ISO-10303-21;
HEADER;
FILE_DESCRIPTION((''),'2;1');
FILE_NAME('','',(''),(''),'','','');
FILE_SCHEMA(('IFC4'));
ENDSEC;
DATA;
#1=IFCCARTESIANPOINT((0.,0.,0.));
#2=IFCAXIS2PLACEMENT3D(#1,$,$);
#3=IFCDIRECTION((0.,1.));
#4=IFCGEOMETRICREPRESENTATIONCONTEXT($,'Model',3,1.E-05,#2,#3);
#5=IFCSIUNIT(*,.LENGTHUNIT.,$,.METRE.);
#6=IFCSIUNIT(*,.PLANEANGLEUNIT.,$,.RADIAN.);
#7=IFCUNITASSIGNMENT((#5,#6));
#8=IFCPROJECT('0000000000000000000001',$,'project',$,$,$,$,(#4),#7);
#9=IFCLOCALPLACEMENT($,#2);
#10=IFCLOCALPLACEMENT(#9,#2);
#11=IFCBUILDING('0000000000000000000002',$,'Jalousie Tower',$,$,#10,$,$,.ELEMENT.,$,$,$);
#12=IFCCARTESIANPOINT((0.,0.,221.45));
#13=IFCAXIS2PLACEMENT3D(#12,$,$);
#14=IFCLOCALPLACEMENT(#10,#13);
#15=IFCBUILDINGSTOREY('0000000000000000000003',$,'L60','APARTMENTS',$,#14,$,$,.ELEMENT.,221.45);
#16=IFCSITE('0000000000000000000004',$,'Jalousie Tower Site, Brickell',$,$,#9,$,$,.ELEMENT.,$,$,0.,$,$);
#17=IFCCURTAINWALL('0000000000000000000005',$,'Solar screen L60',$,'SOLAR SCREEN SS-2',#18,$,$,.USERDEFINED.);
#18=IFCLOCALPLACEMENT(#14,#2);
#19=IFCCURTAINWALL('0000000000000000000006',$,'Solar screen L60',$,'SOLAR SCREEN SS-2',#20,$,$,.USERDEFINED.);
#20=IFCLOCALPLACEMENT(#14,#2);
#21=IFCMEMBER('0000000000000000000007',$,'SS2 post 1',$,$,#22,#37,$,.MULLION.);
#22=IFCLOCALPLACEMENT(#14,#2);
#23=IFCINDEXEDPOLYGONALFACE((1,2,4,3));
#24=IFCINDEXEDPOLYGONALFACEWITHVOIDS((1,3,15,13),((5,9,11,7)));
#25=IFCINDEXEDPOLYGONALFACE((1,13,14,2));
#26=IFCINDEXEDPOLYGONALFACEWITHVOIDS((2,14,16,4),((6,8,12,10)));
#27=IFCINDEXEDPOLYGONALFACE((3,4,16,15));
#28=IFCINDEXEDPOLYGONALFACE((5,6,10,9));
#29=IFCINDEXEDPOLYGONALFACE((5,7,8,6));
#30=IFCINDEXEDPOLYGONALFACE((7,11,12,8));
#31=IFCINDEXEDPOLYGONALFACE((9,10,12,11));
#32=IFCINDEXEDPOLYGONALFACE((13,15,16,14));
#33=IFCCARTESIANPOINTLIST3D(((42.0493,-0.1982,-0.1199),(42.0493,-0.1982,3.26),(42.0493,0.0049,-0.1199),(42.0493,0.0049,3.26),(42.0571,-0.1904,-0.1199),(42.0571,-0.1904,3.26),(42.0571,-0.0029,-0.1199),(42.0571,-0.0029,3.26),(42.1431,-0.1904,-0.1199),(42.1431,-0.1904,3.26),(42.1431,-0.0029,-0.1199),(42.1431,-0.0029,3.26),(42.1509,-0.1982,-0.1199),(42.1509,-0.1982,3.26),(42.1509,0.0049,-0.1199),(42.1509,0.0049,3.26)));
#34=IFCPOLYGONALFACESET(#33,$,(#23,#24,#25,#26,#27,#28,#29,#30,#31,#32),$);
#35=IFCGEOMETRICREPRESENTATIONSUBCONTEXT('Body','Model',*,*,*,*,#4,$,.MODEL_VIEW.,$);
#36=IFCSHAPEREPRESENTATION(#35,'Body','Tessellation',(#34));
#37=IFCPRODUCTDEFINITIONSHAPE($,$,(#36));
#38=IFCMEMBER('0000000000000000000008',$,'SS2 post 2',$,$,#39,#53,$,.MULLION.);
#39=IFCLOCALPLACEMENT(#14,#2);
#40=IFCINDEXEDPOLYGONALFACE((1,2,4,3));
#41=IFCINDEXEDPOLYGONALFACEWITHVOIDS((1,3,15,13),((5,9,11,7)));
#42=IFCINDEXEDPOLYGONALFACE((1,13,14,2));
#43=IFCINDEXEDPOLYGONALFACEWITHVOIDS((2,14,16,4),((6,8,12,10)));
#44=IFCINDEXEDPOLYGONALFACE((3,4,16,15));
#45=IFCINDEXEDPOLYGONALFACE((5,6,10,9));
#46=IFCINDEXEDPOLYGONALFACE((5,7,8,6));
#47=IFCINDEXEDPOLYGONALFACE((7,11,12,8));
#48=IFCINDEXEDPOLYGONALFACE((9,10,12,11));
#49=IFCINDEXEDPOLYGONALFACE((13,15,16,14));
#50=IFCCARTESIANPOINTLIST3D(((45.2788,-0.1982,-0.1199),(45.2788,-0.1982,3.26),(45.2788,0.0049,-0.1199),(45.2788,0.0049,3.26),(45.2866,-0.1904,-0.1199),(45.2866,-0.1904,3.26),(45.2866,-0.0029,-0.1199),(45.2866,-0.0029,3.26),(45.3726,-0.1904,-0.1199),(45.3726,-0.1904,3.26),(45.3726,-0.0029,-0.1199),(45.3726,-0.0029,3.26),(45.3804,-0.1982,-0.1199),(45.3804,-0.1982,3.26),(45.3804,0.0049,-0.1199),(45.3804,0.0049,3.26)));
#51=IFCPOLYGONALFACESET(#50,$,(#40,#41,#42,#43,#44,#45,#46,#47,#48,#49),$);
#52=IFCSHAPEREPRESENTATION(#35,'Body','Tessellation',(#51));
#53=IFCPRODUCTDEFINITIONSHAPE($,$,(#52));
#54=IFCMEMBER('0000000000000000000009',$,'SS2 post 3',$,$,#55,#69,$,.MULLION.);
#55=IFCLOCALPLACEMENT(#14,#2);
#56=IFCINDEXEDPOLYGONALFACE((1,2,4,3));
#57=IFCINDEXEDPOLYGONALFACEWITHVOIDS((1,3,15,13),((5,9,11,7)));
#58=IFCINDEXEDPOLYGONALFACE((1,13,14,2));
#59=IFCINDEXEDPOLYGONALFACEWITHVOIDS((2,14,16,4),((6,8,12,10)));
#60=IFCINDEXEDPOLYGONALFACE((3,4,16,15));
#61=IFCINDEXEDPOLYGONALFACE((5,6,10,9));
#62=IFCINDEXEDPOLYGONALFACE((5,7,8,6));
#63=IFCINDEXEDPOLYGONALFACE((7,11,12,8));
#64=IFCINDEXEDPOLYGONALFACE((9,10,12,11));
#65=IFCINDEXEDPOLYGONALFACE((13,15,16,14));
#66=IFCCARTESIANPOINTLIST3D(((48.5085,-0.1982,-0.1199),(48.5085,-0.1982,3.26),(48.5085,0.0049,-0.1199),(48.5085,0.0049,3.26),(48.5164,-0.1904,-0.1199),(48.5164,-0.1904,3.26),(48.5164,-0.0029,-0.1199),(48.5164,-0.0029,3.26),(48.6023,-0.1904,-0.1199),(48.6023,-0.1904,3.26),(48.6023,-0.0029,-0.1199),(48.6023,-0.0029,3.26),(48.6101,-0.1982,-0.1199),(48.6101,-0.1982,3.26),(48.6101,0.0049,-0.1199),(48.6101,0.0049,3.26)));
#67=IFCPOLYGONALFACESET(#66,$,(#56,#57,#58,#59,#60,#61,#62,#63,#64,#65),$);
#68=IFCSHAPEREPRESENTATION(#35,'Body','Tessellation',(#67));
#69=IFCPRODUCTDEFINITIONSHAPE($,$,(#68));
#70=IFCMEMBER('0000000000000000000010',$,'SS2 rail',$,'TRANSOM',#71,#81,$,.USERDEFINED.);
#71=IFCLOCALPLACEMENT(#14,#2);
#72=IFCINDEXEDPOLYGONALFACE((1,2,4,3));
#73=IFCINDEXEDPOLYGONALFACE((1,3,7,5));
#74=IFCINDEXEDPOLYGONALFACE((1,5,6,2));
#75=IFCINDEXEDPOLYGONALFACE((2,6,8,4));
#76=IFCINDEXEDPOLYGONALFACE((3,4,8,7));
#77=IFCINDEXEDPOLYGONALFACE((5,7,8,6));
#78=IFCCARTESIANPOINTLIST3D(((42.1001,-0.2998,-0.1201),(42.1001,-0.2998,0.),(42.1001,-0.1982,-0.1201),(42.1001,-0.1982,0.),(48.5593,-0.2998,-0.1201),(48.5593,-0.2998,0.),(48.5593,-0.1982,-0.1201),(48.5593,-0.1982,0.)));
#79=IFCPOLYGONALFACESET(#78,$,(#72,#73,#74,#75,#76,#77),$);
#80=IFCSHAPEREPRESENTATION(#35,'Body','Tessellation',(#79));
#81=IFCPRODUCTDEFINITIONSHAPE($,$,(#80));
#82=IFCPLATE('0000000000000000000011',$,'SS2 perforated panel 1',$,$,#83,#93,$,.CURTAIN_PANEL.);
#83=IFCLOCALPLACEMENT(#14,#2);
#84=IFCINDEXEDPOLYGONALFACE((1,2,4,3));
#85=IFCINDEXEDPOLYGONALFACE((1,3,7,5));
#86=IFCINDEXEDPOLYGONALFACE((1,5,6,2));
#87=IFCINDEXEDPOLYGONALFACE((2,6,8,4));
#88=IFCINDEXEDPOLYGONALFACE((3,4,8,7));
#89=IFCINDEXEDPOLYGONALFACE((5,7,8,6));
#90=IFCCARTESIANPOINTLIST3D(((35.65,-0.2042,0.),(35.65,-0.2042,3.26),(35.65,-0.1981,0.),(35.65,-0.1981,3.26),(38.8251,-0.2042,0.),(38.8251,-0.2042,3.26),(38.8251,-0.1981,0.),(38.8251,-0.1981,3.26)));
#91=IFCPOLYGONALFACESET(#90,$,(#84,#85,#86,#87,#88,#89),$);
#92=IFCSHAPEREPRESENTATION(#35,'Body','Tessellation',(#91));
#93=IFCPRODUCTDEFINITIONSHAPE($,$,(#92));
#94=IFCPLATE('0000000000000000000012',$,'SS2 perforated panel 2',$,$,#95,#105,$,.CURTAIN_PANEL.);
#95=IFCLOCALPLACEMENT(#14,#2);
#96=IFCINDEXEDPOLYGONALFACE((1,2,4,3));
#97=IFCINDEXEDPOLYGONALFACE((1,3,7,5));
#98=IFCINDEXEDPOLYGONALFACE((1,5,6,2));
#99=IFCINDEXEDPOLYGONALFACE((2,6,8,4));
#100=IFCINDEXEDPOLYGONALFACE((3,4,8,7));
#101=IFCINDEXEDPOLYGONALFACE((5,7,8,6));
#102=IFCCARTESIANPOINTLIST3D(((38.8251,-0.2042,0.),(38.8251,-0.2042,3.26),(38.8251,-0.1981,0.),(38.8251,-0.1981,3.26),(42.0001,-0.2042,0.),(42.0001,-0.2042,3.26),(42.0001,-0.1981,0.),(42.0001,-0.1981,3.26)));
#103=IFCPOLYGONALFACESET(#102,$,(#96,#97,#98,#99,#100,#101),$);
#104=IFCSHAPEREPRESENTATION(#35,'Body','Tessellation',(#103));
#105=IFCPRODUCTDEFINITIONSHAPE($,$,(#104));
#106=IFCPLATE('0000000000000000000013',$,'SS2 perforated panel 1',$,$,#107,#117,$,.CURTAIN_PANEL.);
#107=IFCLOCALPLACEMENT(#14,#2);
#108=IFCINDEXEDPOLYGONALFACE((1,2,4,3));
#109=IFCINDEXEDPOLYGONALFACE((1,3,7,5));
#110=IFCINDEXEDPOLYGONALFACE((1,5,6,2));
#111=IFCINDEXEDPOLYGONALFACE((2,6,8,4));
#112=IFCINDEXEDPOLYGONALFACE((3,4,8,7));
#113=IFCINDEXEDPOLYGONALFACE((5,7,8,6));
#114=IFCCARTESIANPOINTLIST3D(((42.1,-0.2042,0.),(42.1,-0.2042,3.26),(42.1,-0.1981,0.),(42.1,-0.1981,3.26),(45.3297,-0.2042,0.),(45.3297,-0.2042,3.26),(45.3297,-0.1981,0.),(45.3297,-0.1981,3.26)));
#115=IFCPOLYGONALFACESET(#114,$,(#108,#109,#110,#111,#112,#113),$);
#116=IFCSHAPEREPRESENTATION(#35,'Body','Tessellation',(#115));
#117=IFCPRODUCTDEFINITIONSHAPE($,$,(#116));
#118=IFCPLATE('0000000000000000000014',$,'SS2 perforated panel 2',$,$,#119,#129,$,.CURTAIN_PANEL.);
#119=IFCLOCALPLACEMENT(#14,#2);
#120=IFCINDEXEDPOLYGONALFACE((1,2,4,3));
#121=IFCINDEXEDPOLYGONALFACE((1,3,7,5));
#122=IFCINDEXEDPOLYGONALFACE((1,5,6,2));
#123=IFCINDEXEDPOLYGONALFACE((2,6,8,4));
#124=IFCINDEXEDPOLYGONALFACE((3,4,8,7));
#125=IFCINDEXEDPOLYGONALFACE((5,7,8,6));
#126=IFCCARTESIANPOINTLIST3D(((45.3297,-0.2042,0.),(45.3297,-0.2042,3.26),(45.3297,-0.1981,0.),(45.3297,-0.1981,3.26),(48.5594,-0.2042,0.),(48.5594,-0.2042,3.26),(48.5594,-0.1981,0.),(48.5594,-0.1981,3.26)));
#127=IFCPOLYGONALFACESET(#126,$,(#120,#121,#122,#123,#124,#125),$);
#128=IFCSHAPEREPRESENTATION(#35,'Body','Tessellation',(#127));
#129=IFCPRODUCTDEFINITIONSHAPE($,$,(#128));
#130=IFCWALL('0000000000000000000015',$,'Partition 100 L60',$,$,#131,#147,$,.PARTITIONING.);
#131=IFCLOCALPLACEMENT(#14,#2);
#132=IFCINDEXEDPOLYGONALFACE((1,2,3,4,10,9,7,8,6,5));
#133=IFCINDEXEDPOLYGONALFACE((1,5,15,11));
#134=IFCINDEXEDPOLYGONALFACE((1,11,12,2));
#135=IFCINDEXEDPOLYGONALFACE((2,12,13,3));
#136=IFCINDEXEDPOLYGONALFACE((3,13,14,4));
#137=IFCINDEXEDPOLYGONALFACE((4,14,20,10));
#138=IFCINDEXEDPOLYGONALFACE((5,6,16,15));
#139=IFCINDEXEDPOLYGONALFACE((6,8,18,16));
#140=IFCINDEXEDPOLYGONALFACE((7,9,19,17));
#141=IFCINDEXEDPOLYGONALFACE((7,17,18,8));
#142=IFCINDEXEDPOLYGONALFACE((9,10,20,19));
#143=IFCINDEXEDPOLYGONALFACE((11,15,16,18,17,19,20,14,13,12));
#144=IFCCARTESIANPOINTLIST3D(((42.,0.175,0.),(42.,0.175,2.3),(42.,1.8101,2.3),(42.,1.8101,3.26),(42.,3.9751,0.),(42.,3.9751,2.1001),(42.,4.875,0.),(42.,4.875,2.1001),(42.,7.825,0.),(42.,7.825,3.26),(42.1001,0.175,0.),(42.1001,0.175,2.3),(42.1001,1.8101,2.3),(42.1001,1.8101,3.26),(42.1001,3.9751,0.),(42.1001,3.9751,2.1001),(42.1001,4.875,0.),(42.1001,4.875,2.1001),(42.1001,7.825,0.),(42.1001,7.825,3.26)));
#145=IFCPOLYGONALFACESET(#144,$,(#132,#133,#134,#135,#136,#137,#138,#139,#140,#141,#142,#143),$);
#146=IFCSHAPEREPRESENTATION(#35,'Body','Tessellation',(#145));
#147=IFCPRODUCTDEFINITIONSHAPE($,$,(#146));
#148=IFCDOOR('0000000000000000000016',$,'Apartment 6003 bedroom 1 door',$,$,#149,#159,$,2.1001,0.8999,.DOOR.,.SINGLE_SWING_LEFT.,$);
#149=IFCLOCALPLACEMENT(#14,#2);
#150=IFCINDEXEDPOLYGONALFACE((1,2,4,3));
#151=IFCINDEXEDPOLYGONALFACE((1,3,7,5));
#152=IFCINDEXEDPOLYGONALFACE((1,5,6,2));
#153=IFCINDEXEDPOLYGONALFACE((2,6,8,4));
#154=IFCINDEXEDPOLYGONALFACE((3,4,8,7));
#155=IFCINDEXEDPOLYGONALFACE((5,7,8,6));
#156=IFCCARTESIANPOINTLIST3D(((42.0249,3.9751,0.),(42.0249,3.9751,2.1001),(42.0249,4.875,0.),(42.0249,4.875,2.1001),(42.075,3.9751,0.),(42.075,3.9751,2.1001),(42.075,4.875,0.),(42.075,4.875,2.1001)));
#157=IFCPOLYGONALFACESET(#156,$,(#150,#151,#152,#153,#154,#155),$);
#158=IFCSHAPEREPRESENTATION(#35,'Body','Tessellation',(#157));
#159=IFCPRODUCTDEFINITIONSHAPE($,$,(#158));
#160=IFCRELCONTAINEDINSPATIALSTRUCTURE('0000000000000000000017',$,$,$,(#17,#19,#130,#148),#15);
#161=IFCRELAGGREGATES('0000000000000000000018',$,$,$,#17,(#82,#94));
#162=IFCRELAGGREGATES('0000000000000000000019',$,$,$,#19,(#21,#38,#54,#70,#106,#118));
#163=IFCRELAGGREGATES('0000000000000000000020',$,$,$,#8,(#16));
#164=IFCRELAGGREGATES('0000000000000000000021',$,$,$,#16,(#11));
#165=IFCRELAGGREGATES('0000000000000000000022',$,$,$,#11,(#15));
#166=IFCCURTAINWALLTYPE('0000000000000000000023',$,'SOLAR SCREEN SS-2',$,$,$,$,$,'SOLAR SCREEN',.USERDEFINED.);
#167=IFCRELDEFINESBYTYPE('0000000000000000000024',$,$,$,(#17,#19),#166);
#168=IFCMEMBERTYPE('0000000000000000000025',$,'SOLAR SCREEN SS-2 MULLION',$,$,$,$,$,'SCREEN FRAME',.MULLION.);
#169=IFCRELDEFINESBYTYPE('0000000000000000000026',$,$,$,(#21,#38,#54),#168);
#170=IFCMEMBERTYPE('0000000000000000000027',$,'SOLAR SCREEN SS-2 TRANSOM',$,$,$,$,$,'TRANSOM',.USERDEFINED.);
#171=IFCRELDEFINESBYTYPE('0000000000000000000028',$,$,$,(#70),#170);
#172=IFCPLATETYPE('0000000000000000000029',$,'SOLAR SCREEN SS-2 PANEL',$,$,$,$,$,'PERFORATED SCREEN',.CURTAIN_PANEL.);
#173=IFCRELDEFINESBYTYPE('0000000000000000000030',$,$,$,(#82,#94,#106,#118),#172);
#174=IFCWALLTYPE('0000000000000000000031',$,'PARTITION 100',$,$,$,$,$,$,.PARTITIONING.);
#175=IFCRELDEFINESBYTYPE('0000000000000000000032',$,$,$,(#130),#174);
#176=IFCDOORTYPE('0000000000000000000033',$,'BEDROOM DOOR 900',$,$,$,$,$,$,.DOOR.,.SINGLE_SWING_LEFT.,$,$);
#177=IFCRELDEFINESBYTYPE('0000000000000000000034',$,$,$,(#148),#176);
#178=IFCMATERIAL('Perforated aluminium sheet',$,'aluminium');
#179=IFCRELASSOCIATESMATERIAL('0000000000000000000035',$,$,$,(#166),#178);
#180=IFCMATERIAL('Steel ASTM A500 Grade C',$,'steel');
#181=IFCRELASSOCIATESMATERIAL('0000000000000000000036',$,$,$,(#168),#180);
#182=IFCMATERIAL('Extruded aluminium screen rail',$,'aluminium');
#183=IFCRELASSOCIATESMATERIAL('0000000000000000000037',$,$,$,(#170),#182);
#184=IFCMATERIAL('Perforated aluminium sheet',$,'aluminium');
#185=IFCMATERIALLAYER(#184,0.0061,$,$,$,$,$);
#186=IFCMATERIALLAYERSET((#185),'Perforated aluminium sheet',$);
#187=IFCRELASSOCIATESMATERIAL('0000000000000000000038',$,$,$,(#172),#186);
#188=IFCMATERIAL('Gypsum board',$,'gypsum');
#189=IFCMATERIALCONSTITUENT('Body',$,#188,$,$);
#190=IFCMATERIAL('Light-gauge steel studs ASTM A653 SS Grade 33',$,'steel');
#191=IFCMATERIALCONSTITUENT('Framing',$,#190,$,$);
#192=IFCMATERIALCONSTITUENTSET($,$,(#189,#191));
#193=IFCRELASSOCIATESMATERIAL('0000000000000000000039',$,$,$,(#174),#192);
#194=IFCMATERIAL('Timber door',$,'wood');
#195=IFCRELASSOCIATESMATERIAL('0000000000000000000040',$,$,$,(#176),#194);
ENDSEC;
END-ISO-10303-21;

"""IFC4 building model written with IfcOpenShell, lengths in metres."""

from ifc_helpers import new_model, si_unit, direction, frame, frame_2d, origin, origin_2d, place, context, subcontext, project, spatial, polyline, rectangle, hollow_rectangle, outline, extrude, material, layer, layer_set, constituent, constituent_set, material_profile, profile_set, type_object, element, fill, aggregate, save


model = new_model("IFC4")

# Units and contexts
model_context = context("Model", 3, precision=1e-05, world=origin(), true_north=direction((0.0, 1.0)))
body_context = subcontext(model_context, "Body", "Model", "MODEL_VIEW")
ifc_project = project(units=[si_unit("LENGTHUNIT", "METRE"), si_unit("PLANEANGLEUNIT", "RADIAN")], contexts=[model_context])

# Site, building, storey
site_placement = place(None, origin())
site = spatial("IfcSite", under=ifc_project, at=site_placement, Name="Jalousie Tower Site, Brickell", CompositionType="ELEMENT", RefElevation=0.0)
building_placement = place(site_placement, origin())
building = spatial("IfcBuilding", under=site, at=building_placement, Name="Jalousie Tower", CompositionType="ELEMENT")
storey_placement = place(building_placement, frame((0.0, 0.0, 221.45)))
storey = spatial("IfcBuildingStorey", under=building, at=storey_placement, Name="L60", Description="APARTMENTS", CompositionType="ELEMENT", Elevation=221.45)

# Curtain walls, members
ifc_material_1 = material(Name="Perforated aluminium sheet", Category="aluminium")
curtain_wall_type = type_object("IfcCurtainWallType", Name="SOLAR SCREEN SS-2", ElementType="SOLAR SCREEN", PredefinedType="USERDEFINED", material=ifc_material_1)
curtain_wall_1_placement = place(storey_placement, origin())
curtain_wall_1 = element("IfcCurtainWall", 1, at=curtain_wall_1_placement, inside=storey, type_object=curtain_wall_type, Name="Solar screen L60", ObjectType="SOLAR SCREEN SS-2", PredefinedType="USERDEFINED")
ifc_material_2 = material(Name="Steel ASTM A500 Grade C", Category="steel")
ifc_material_profile_1 = material_profile(ifc_material_2, hollow_rectangle(XDim=0.1016, YDim=0.2031, WallThickness=0.0078, at=origin_2d()), Name="HSS8X4X5/16")
ifc_profile_set_1 = profile_set([ifc_material_profile_1], Name="Steel ASTM A500 Grade C")
member_type_1 = type_object("IfcMemberType", Name="SOLAR SCREEN SS-2 MULLION", ElementType="SCREEN FRAME", PredefinedType="MULLION", material=ifc_profile_set_1)
curtain_wall_2_placement = place(storey_placement, origin())
curtain_wall_2 = element("IfcCurtainWall", 2, at=curtain_wall_2_placement, inside=storey, type_object=curtain_wall_type, Name="Solar screen L60", ObjectType="SOLAR SCREEN SS-2", PredefinedType="USERDEFINED")
member_1_placement = place(storey_placement, frame((42.1001, -0.0967, -0.1199), z_axis=(0.0, 0.0, 1.0), x_axis=(1.0, 0.0, 0.0)))
member_1 = element("IfcMember", 3, at=member_1_placement, type_object=member_type_1, Name="SS2 post 1", PredefinedType="MULLION", context=body_context, shape_type="SweptSolid", body=[
    extrude(hollow_rectangle(XDim=0.1016, YDim=0.2031, WallThickness=0.0078, at=origin_2d()), origin(), (0.0, 0.0, 1.0), 3.3799),
])
member_2_placement = place(storey_placement, frame((45.3296, -0.0967, -0.1199), z_axis=(0.0, 0.0, 1.0), x_axis=(1.0, 0.0, 0.0)))
member_2 = element("IfcMember", 4, at=member_2_placement, type_object=member_type_1, Name="SS2 post 2", PredefinedType="MULLION", context=body_context, shape_type="SweptSolid", body=[
    extrude(hollow_rectangle(XDim=0.1016, YDim=0.2031, WallThickness=0.0078, at=origin_2d()), origin(), (0.0, 0.0, 1.0), 3.3799),
])
member_3_placement = place(storey_placement, frame((48.5593, -0.0967, -0.1199), z_axis=(0.0, 0.0, 1.0), x_axis=(1.0, 0.0, 0.0)))
member_3 = element("IfcMember", 5, at=member_3_placement, type_object=member_type_1, Name="SS2 post 3", PredefinedType="MULLION", context=body_context, shape_type="SweptSolid", body=[
    extrude(hollow_rectangle(XDim=0.1016, YDim=0.2031, WallThickness=0.0078, at=origin_2d()), origin(), (0.0, 0.0, 1.0), 3.3799),
])
ifc_material_3 = material(Name="Extruded aluminium screen rail", Category="aluminium")
ifc_material_profile_2 = material_profile(ifc_material_3, rectangle(XDim=0.1016, YDim=0.1201, at=origin_2d()), Name="RAIL 102x120")
ifc_profile_set_2 = profile_set([ifc_material_profile_2], Name="Extruded aluminium screen rail")
member_type_2 = type_object("IfcMemberType", Name="SOLAR SCREEN SS-2 TRANSOM", ElementType="TRANSOM", PredefinedType="USERDEFINED", material=ifc_profile_set_2)
member_4_placement = place(storey_placement, frame((42.1001, -0.249, -0.0601), z_axis=(1.0, 0.0, 0.0), x_axis=(0.0, 1.0, 0.0)))
member_4 = element("IfcMember", 6, at=member_4_placement, type_object=member_type_2, Name="SS2 rail", ObjectType="TRANSOM", PredefinedType="USERDEFINED", context=body_context, shape_type="SweptSolid", body=[
    extrude(rectangle(XDim=0.1016, YDim=0.1201, at=origin_2d()), origin(), (0.0, 0.0, 1.0), 6.4592),
])

# Plates
ifc_material_4 = material(Name="Perforated aluminium sheet", Category="aluminium")
ifc_layer = layer(ifc_material_4, 0.0061)
ifc_layer_set = layer_set([ifc_layer], Name="Perforated aluminium sheet")
plate_type = type_object("IfcPlateType", Name="SOLAR SCREEN SS-2 PANEL", ElementType="PERFORATED SCREEN", PredefinedType="CURTAIN_PANEL", material=ifc_layer_set)
plate_1_placement = place(storey_placement, frame((37.2375, -0.2012, 0.0), z_axis=(0.0, 0.0, 1.0), x_axis=(1.0, 0.0, 0.0)))
plate_1 = element("IfcPlate", 7, at=plate_1_placement, type_object=plate_type, Name="SS2 perforated panel 1", PredefinedType="CURTAIN_PANEL", context=body_context, shape_type="SweptSolid", body=[
    extrude(rectangle(XDim=3.175, YDim=0.0061, at=origin_2d()), origin(), (0.0, 0.0, 1.0), 3.26),
])
plate_2_placement = place(storey_placement, frame((40.4126, -0.2012, 0.0), z_axis=(0.0, 0.0, 1.0), x_axis=(1.0, 0.0, 0.0)))
plate_2 = element("IfcPlate", 8, at=plate_2_placement, type_object=plate_type, Name="SS2 perforated panel 2", PredefinedType="CURTAIN_PANEL", context=body_context, shape_type="SweptSolid", body=[
    extrude(rectangle(XDim=3.175, YDim=0.0061, at=origin_2d()), origin(), (0.0, 0.0, 1.0), 3.26),
])
aggregate(curtain_wall_1, [plate_1, plate_2])
plate_3_placement = place(storey_placement, frame((43.7148, -0.2012, 0.0), z_axis=(0.0, 0.0, 1.0), x_axis=(1.0, 0.0, 0.0)))
plate_3 = element("IfcPlate", 9, at=plate_3_placement, type_object=plate_type, Name="SS2 perforated panel 1", PredefinedType="CURTAIN_PANEL", context=body_context, shape_type="SweptSolid", body=[
    extrude(rectangle(XDim=3.2297, YDim=0.0061, at=origin_2d()), origin(), (0.0, 0.0, 1.0), 3.26),
])
plate_4_placement = place(storey_placement, frame((46.9446, -0.2012, 0.0), z_axis=(0.0, 0.0, 1.0), x_axis=(1.0, 0.0, 0.0)))
plate_4 = element("IfcPlate", 10, at=plate_4_placement, type_object=plate_type, Name="SS2 perforated panel 2", PredefinedType="CURTAIN_PANEL", context=body_context, shape_type="SweptSolid", body=[
    extrude(rectangle(XDim=3.2297, YDim=0.0061, at=origin_2d()), origin(), (0.0, 0.0, 1.0), 3.26),
])
aggregate(curtain_wall_2, [member_1, member_2, member_3, member_4, plate_3, plate_4])

# Wall, opening, door
ifc_material_5 = material(Name="Gypsum board", Category="gypsum")
ifc_constituent_1 = constituent(ifc_material_5, Name="Body")
ifc_material_6 = material(Name="Light-gauge steel studs ASTM A653 SS Grade 33", Category="steel")
ifc_constituent_2 = constituent(ifc_material_6, Name="Framing")
ifc_constituent_set_1 = constituent_set(constituents=[ifc_constituent_1, ifc_constituent_2])
wall_type_1 = type_object("IfcWallType", Name="PARTITION 100", PredefinedType="PARTITIONING", material=ifc_constituent_set_1)
wall_1_placement = place(storey_placement, frame((42.05, 0.175, 0.0), z_axis=(0.0, 0.0, 1.0), x_axis=(0.0, 1.0, 0.0)))
wall_1 = element("IfcWall", 11, at=wall_1_placement, inside=storey, type_object=wall_type_1, Name="Partition 100 L60", PredefinedType="PARTITIONING", context=body_context, shape_type="SweptSolid", body=[
    extrude(outline(polyline([(0.0, 0.0), (7.6499, 0.0), (7.6499, 3.26), (1.635, 3.26), (1.635, 2.3), (0.0, 2.3), (0.0, 3.26), (0.0, 0.0)])), frame((0.0, 0.05, 0.0), z_axis=(0.0, -1.0, 0.0), x_axis=(1.0, 0.0, 0.0)), (0.0, 0.0, 1.0), 0.1001),
])
opening_1_placement = place(wall_1_placement, frame((3.8, 0.0, 0.0)))
opening_1 = element("IfcOpeningElement", 12, at=opening_1_placement, cuts=wall_1, PredefinedType="OPENING", context=body_context, shape_type="SweptSolid", body=[
    extrude(rectangle(XDim=0.8999, YDim=2.1001, at=frame_2d((0.45, 1.05))), frame((0.0, 0.0601, 0.0), z_axis=(0.0, -1.0, 0.0), x_axis=(1.0, 0.0, 0.0)), (0.0, 0.0, 1.0), 0.1201),
])
ifc_material_7 = material(Name="Timber door", Category="wood")
door_type = type_object("IfcDoorType", Name="BEDROOM DOOR 900", OperationType="SINGLE_SWING_LEFT", PredefinedType="DOOR", material=ifc_material_7)
door_1_placement = place(opening_1_placement, frame((0.8999, 0.0, 0.0), z_axis=(0.0, 0.0, 1.0), x_axis=(-1.0, 0.0, 0.0)))
door_1 = element("IfcDoor", 13, at=door_1_placement, inside=storey, type_object=door_type, Name="Apartment 6003 bedroom 1 door", OperationType="SINGLE_SWING_LEFT", OverallHeight=2.1001, OverallWidth=0.8999, PredefinedType="DOOR", context=body_context, shape_type="SweptSolid", body=[
    extrude(rectangle(XDim=0.8999, YDim=2.1001, at=frame_2d((0.45, 1.05))), frame((0.0, 0.0249, 0.0), z_axis=(0.0, -1.0, 0.0), x_axis=(1.0, 0.0, 0.0)), (0.0, 0.0, 1.0), 0.05),
])
fill(opening_1, door_1)

save(model, "model.ifc")
